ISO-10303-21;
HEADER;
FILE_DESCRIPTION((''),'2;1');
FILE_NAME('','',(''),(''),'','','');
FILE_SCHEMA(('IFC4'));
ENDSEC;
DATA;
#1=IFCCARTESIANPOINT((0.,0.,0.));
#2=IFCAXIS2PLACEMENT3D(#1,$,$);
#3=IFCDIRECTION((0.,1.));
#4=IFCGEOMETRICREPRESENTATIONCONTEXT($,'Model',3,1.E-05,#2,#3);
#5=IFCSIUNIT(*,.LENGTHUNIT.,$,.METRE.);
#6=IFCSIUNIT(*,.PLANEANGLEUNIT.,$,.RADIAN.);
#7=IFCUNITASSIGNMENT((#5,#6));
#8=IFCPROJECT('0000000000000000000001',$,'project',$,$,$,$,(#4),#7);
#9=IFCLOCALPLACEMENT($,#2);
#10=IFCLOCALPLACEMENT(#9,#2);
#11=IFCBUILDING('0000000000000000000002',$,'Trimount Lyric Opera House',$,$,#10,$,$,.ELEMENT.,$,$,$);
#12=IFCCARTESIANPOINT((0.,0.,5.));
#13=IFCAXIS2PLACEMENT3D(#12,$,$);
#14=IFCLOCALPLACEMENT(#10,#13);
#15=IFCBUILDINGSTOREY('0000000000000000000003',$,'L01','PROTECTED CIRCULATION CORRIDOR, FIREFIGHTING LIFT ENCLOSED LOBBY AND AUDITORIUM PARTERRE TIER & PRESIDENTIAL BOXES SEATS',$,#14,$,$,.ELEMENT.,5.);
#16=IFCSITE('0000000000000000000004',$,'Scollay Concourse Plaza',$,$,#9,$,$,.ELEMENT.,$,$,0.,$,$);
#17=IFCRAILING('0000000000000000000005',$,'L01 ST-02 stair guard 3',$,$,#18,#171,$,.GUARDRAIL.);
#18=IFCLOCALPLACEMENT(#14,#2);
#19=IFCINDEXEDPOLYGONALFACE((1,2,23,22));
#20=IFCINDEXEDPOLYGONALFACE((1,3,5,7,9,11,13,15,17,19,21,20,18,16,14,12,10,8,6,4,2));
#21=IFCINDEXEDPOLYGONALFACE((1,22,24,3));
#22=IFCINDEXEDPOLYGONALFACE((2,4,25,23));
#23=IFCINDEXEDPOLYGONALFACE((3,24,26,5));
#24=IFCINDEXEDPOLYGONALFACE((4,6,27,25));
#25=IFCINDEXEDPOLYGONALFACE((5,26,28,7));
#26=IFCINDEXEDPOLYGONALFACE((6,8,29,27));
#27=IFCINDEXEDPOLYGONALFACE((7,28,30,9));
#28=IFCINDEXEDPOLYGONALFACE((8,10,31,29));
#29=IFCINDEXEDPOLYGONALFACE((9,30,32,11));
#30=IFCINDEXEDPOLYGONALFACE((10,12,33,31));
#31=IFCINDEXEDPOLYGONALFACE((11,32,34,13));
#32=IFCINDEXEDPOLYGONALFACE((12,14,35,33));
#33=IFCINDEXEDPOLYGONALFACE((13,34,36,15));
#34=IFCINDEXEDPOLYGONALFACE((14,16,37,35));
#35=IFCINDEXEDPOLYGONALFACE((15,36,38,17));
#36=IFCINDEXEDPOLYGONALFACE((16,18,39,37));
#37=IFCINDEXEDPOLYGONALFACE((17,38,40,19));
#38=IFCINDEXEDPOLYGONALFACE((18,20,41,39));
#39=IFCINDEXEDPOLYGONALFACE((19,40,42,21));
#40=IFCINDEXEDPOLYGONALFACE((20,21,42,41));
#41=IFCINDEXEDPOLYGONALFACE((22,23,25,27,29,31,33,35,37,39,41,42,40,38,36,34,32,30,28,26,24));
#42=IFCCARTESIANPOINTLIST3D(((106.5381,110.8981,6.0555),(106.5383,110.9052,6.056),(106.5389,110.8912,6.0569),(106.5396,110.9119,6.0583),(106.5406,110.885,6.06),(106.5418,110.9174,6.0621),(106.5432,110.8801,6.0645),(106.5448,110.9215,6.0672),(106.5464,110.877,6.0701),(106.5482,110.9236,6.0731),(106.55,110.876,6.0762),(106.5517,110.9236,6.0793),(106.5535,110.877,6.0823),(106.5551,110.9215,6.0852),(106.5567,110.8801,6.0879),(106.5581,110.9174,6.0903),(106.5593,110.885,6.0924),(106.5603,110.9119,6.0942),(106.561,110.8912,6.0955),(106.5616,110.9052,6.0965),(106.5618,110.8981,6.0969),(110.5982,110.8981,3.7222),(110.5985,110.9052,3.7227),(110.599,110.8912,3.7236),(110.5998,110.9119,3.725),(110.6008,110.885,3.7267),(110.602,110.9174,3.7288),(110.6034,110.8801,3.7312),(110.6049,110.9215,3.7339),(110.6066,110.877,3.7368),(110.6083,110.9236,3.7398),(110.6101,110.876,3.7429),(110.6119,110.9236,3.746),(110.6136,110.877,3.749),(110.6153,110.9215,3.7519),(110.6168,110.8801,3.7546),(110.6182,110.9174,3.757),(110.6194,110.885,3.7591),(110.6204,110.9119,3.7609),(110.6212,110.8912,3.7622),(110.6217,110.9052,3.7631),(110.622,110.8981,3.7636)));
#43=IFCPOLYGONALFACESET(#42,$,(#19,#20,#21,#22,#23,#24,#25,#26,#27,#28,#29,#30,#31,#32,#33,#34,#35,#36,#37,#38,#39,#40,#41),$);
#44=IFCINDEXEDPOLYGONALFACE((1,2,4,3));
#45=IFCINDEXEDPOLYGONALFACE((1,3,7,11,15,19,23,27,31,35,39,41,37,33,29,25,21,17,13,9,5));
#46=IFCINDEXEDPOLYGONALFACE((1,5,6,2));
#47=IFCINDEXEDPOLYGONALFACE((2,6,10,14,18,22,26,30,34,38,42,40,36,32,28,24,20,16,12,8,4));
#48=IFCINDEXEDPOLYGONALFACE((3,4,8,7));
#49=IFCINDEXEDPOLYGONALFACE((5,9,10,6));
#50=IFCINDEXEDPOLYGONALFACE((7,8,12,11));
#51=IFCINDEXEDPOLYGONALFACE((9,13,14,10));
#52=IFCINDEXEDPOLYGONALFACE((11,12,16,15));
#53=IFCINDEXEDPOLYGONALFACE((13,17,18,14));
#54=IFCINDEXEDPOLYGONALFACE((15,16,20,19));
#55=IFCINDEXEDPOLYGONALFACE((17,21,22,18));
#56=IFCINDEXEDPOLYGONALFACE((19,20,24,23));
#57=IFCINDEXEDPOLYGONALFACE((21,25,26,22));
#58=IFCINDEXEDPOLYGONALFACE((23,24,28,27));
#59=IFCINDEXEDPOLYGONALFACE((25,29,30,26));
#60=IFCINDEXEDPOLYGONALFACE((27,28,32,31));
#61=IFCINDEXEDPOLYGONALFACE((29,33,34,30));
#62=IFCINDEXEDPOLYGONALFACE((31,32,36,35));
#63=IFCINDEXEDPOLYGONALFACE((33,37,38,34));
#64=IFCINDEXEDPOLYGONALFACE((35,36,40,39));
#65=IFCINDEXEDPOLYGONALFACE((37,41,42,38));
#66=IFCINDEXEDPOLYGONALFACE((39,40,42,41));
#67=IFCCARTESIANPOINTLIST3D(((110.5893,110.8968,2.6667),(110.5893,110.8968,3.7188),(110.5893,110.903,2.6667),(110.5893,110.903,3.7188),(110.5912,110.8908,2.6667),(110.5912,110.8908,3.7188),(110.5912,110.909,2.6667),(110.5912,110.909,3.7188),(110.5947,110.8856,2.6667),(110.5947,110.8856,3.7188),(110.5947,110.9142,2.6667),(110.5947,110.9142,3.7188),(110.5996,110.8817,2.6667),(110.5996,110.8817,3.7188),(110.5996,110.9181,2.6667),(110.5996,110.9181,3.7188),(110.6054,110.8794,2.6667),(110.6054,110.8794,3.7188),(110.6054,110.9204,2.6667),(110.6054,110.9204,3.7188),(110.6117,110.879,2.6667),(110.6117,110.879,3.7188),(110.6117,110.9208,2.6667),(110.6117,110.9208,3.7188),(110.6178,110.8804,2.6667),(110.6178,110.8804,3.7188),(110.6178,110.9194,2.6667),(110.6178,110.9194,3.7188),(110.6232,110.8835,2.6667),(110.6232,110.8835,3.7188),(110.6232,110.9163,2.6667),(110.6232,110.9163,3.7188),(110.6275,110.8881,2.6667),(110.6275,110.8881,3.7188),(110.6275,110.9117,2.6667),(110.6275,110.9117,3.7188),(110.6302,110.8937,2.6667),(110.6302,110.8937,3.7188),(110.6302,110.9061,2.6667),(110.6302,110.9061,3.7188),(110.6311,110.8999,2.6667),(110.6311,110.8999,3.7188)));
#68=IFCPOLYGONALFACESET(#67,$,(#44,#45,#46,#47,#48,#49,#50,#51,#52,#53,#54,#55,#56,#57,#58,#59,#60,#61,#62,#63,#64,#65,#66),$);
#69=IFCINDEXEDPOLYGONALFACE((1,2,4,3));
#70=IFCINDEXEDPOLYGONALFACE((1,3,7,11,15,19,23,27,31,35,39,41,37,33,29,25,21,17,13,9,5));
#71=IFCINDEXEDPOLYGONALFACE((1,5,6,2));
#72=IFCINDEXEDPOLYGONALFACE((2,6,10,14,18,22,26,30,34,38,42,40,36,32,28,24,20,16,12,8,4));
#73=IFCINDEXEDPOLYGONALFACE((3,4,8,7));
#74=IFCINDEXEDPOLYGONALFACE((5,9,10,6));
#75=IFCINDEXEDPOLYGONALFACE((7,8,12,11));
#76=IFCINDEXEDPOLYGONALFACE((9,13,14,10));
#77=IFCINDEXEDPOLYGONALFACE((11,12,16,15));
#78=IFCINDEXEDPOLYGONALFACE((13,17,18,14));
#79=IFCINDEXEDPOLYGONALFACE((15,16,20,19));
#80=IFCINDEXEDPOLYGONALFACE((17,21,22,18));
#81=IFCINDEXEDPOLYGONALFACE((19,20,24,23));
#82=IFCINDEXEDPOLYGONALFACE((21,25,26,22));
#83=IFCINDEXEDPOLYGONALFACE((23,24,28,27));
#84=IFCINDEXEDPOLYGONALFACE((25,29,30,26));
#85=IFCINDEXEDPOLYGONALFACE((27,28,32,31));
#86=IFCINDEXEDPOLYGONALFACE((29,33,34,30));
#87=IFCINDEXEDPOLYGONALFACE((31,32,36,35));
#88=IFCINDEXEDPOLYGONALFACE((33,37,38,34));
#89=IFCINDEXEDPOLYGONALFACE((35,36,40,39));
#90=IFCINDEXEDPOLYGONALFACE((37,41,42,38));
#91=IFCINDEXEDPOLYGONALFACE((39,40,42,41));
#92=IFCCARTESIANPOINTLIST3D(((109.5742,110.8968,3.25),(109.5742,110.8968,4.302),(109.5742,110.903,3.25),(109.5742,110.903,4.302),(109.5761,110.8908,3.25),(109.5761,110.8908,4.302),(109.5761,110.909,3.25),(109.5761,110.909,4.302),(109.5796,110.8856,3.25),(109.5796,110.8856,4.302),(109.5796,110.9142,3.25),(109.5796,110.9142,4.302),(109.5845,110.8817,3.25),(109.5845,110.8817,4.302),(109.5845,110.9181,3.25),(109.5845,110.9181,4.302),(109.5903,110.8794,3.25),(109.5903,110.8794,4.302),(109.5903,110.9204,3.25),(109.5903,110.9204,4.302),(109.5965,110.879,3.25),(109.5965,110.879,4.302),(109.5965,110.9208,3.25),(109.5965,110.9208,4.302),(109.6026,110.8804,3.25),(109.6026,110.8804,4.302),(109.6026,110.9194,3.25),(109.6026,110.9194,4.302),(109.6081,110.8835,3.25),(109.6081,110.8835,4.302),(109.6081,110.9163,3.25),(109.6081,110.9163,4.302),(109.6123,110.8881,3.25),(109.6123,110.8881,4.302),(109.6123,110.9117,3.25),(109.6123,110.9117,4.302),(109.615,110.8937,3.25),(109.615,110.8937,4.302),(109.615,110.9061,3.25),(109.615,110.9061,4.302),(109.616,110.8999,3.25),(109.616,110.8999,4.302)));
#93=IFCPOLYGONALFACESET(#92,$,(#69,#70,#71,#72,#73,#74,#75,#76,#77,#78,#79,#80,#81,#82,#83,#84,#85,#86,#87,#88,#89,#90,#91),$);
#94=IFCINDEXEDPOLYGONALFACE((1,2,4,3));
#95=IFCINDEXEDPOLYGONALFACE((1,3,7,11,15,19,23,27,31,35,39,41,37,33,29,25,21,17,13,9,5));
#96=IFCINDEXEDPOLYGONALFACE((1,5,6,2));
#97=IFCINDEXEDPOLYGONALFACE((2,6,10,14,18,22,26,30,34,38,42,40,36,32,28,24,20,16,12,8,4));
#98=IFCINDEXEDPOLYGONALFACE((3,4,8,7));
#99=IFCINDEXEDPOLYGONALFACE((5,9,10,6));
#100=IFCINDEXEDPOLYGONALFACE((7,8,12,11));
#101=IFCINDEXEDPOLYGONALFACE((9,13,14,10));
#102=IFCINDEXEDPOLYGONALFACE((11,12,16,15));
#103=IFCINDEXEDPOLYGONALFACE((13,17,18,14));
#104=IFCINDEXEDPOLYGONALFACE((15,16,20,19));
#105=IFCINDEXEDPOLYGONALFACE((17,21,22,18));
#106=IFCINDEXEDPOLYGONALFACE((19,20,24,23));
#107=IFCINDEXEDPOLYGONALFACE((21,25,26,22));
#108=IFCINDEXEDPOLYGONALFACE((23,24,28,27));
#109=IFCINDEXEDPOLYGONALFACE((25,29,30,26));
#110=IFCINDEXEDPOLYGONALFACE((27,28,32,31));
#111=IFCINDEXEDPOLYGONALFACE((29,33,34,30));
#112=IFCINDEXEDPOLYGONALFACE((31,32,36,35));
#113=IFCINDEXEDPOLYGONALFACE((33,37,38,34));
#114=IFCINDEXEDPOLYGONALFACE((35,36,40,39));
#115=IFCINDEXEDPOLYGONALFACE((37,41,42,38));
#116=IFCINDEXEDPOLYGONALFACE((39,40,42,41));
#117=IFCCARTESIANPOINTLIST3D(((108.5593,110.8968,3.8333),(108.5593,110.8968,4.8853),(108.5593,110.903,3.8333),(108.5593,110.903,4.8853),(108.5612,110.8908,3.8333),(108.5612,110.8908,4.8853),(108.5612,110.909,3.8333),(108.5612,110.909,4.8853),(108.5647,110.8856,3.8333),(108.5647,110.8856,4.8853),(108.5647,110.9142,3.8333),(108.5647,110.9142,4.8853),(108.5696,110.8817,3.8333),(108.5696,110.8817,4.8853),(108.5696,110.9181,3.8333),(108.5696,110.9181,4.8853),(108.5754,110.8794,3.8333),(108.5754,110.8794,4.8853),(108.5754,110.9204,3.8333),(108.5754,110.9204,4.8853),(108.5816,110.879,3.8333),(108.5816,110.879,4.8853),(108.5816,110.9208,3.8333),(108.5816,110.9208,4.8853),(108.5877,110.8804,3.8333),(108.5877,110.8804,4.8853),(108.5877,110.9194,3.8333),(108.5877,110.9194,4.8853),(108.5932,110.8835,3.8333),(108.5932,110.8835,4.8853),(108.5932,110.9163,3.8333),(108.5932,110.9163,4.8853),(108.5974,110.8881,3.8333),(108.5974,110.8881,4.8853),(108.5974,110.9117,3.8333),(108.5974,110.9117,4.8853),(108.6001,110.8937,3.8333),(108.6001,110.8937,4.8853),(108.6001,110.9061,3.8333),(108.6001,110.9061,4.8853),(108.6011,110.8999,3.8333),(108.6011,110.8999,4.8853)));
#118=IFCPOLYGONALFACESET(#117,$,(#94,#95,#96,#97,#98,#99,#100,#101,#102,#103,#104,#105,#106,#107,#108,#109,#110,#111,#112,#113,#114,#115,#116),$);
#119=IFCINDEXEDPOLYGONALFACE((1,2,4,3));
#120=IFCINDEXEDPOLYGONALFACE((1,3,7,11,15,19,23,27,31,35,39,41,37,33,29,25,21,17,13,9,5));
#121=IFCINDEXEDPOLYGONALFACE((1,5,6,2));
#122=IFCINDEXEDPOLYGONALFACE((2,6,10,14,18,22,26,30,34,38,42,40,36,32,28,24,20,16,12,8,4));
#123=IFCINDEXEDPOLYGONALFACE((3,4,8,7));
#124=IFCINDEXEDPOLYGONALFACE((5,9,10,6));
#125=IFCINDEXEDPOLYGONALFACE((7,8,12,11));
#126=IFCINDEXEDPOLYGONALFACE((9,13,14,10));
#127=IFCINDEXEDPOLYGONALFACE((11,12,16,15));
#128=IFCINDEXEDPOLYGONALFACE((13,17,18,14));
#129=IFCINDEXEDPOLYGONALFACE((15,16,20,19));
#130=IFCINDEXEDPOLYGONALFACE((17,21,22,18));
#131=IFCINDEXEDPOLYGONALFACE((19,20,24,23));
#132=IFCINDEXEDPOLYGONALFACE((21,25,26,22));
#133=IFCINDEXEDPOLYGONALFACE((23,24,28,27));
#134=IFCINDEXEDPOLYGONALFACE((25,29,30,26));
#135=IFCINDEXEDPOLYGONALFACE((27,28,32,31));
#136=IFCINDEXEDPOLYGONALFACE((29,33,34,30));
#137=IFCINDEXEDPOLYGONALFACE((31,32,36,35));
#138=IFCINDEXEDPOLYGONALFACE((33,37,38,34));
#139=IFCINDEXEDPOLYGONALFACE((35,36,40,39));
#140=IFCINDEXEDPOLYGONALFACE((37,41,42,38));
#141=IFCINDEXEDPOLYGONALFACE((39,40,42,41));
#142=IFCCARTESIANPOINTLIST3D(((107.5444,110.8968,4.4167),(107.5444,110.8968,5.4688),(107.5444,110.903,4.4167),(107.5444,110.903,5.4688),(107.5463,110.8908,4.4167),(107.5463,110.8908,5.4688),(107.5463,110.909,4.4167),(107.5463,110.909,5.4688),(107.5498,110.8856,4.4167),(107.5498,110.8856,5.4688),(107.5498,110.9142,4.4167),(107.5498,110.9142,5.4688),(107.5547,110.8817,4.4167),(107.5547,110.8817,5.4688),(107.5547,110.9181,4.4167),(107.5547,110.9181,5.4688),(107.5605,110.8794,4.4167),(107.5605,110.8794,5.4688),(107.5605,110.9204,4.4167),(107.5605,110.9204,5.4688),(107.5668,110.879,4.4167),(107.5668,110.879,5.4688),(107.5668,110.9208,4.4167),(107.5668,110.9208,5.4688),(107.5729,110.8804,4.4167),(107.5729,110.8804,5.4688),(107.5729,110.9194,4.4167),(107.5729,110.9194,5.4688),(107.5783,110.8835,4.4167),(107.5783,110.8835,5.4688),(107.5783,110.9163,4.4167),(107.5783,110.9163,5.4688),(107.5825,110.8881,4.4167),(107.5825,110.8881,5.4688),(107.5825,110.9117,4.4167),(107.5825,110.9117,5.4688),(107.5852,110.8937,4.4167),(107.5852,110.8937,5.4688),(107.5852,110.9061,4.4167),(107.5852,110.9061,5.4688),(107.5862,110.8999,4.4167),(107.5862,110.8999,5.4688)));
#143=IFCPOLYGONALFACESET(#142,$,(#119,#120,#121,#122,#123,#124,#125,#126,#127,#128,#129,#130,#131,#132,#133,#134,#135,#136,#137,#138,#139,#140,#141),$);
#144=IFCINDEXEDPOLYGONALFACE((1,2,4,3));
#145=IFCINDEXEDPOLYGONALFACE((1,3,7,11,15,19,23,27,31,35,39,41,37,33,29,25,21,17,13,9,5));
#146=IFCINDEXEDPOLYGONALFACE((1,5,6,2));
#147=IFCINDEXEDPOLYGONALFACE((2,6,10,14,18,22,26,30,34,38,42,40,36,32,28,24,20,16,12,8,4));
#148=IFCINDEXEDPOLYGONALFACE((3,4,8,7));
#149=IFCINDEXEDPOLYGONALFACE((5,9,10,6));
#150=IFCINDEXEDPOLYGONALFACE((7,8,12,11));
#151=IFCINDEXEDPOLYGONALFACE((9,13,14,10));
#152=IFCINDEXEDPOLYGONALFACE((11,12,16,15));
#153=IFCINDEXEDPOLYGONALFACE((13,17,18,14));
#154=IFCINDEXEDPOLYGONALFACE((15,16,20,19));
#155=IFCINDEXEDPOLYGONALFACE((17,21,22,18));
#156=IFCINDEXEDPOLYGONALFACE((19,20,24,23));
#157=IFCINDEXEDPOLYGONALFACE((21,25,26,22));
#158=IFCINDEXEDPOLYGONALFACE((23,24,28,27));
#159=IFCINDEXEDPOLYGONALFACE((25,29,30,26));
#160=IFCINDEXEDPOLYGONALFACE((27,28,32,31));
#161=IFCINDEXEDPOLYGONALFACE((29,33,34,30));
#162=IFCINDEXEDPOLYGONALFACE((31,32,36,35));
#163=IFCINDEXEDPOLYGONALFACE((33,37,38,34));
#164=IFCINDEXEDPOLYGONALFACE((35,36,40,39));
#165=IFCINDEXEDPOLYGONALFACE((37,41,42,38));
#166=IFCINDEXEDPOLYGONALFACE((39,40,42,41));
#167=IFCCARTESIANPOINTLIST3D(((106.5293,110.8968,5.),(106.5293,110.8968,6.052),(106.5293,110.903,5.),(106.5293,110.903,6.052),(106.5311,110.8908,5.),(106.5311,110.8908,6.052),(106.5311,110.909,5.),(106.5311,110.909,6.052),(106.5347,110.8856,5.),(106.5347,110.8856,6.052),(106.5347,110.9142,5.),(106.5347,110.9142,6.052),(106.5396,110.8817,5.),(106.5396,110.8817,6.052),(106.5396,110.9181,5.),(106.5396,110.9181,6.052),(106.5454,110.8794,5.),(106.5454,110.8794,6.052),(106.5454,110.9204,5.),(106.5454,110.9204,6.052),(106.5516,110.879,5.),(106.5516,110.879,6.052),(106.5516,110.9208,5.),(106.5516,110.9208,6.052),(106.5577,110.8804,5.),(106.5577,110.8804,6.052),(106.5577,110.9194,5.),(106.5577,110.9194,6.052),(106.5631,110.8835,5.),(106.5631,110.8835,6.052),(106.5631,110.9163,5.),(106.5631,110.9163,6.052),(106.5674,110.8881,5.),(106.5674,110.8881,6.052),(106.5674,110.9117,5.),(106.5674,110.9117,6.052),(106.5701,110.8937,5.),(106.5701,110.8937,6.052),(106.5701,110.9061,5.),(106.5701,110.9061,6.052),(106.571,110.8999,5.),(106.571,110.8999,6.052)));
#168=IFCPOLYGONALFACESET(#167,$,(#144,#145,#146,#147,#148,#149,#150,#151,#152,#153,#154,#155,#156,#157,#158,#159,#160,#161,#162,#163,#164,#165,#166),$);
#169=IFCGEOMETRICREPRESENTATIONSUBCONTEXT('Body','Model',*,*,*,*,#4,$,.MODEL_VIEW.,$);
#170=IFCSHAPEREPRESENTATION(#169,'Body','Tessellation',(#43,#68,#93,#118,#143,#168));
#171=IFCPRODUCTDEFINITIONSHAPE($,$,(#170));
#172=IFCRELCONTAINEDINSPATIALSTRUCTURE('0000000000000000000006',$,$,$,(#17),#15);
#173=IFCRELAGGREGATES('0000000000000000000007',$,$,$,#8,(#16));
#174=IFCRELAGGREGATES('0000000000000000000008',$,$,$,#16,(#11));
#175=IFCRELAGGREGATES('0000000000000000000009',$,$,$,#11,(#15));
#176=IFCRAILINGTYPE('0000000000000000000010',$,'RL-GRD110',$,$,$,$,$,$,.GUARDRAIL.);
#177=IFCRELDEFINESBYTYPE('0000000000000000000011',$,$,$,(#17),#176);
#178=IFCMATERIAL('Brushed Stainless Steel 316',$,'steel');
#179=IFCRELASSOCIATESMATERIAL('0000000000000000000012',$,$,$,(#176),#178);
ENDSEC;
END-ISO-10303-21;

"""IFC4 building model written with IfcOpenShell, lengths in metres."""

from ifc_helpers import new_model, si_unit, direction, frame, origin, origin_2d, place, context, subcontext, project, spatial, circle, extrude, material, type_object, element, save


model = new_model("IFC4")

# Units and contexts
model_context = context("Model", 3, precision=1e-05, world=origin(), true_north=direction((0.0, 1.0)))
body_context = subcontext(model_context, "Body", "Model", "MODEL_VIEW")
ifc_project = project(units=[si_unit("LENGTHUNIT", "METRE"), si_unit("PLANEANGLEUNIT", "RADIAN")], contexts=[model_context])

# Site, building, storey
site_placement = place(None, origin())
site = spatial("IfcSite", under=ifc_project, at=site_placement, Name="Scollay Concourse Plaza", CompositionType="ELEMENT", RefElevation=0.0)
building_placement = place(site_placement, origin())
building = spatial("IfcBuilding", under=site, at=building_placement, Name="Trimount Lyric Opera House", CompositionType="ELEMENT")
storey_placement = place(building_placement, frame((0.0, 0.0, 5.0)))
storey = spatial("IfcBuildingStorey", under=building, at=storey_placement, Name="L01", Description="PROTECTED CIRCULATION CORRIDOR, FIREFIGHTING LIFT ENCLOSED LOBBY AND AUDITORIUM PARTERRE TIER & PRESIDENTIAL BOXES SEATS", CompositionType="ELEMENT", Elevation=5.0)

# Railing
ifc_material_1 = material(Name="Brushed Stainless Steel 316", Category="steel")
railing_type_1 = type_object("IfcRailingType", Name="RL-GRD110", PredefinedType="GUARDRAIL", material=ifc_material_1)
railing_1_placement = place(storey_placement, frame((110.6101, 110.8999, 2.6667)))
element("IfcRailing", 1, at=railing_1_placement, inside=storey, type_object=railing_type_1, Name="L01 ST-02 stair guard 3", PredefinedType="GUARDRAIL", context=body_context, shape_type="SweptSolid", body=[
    extrude(circle(Radius=0.0239, at=origin_2d()), frame((0.0, 0.0, 1.0762), z_axis=(-0.867025, 0.0, 0.498265), x_axis=(0.0, -1.0, 0.0)), (0.0, 0.0, 1.0), 4.6829),
    extrude(circle(Radius=0.021, at=origin_2d()), origin(), (0.0, 0.0, 1.0), 1.052),
    extrude(circle(Radius=0.021, at=origin_2d()), frame((-1.0151, 0.0, 0.5833)), (0.0, 0.0, 1.0), 1.052),
    extrude(circle(Radius=0.021, at=origin_2d()), frame((-2.03, 0.0, 1.1665)), (0.0, 0.0, 1.0), 1.052),
    extrude(circle(Radius=0.021, at=origin_2d()), frame((-3.0449, 0.0, 1.75)), (0.0, 0.0, 1.0), 1.052),
    extrude(circle(Radius=0.021, at=origin_2d()), frame((-4.0601, 0.0, 2.3333)), (0.0, 0.0, 1.0), 1.052),
])

save(model, "model.ifc")
